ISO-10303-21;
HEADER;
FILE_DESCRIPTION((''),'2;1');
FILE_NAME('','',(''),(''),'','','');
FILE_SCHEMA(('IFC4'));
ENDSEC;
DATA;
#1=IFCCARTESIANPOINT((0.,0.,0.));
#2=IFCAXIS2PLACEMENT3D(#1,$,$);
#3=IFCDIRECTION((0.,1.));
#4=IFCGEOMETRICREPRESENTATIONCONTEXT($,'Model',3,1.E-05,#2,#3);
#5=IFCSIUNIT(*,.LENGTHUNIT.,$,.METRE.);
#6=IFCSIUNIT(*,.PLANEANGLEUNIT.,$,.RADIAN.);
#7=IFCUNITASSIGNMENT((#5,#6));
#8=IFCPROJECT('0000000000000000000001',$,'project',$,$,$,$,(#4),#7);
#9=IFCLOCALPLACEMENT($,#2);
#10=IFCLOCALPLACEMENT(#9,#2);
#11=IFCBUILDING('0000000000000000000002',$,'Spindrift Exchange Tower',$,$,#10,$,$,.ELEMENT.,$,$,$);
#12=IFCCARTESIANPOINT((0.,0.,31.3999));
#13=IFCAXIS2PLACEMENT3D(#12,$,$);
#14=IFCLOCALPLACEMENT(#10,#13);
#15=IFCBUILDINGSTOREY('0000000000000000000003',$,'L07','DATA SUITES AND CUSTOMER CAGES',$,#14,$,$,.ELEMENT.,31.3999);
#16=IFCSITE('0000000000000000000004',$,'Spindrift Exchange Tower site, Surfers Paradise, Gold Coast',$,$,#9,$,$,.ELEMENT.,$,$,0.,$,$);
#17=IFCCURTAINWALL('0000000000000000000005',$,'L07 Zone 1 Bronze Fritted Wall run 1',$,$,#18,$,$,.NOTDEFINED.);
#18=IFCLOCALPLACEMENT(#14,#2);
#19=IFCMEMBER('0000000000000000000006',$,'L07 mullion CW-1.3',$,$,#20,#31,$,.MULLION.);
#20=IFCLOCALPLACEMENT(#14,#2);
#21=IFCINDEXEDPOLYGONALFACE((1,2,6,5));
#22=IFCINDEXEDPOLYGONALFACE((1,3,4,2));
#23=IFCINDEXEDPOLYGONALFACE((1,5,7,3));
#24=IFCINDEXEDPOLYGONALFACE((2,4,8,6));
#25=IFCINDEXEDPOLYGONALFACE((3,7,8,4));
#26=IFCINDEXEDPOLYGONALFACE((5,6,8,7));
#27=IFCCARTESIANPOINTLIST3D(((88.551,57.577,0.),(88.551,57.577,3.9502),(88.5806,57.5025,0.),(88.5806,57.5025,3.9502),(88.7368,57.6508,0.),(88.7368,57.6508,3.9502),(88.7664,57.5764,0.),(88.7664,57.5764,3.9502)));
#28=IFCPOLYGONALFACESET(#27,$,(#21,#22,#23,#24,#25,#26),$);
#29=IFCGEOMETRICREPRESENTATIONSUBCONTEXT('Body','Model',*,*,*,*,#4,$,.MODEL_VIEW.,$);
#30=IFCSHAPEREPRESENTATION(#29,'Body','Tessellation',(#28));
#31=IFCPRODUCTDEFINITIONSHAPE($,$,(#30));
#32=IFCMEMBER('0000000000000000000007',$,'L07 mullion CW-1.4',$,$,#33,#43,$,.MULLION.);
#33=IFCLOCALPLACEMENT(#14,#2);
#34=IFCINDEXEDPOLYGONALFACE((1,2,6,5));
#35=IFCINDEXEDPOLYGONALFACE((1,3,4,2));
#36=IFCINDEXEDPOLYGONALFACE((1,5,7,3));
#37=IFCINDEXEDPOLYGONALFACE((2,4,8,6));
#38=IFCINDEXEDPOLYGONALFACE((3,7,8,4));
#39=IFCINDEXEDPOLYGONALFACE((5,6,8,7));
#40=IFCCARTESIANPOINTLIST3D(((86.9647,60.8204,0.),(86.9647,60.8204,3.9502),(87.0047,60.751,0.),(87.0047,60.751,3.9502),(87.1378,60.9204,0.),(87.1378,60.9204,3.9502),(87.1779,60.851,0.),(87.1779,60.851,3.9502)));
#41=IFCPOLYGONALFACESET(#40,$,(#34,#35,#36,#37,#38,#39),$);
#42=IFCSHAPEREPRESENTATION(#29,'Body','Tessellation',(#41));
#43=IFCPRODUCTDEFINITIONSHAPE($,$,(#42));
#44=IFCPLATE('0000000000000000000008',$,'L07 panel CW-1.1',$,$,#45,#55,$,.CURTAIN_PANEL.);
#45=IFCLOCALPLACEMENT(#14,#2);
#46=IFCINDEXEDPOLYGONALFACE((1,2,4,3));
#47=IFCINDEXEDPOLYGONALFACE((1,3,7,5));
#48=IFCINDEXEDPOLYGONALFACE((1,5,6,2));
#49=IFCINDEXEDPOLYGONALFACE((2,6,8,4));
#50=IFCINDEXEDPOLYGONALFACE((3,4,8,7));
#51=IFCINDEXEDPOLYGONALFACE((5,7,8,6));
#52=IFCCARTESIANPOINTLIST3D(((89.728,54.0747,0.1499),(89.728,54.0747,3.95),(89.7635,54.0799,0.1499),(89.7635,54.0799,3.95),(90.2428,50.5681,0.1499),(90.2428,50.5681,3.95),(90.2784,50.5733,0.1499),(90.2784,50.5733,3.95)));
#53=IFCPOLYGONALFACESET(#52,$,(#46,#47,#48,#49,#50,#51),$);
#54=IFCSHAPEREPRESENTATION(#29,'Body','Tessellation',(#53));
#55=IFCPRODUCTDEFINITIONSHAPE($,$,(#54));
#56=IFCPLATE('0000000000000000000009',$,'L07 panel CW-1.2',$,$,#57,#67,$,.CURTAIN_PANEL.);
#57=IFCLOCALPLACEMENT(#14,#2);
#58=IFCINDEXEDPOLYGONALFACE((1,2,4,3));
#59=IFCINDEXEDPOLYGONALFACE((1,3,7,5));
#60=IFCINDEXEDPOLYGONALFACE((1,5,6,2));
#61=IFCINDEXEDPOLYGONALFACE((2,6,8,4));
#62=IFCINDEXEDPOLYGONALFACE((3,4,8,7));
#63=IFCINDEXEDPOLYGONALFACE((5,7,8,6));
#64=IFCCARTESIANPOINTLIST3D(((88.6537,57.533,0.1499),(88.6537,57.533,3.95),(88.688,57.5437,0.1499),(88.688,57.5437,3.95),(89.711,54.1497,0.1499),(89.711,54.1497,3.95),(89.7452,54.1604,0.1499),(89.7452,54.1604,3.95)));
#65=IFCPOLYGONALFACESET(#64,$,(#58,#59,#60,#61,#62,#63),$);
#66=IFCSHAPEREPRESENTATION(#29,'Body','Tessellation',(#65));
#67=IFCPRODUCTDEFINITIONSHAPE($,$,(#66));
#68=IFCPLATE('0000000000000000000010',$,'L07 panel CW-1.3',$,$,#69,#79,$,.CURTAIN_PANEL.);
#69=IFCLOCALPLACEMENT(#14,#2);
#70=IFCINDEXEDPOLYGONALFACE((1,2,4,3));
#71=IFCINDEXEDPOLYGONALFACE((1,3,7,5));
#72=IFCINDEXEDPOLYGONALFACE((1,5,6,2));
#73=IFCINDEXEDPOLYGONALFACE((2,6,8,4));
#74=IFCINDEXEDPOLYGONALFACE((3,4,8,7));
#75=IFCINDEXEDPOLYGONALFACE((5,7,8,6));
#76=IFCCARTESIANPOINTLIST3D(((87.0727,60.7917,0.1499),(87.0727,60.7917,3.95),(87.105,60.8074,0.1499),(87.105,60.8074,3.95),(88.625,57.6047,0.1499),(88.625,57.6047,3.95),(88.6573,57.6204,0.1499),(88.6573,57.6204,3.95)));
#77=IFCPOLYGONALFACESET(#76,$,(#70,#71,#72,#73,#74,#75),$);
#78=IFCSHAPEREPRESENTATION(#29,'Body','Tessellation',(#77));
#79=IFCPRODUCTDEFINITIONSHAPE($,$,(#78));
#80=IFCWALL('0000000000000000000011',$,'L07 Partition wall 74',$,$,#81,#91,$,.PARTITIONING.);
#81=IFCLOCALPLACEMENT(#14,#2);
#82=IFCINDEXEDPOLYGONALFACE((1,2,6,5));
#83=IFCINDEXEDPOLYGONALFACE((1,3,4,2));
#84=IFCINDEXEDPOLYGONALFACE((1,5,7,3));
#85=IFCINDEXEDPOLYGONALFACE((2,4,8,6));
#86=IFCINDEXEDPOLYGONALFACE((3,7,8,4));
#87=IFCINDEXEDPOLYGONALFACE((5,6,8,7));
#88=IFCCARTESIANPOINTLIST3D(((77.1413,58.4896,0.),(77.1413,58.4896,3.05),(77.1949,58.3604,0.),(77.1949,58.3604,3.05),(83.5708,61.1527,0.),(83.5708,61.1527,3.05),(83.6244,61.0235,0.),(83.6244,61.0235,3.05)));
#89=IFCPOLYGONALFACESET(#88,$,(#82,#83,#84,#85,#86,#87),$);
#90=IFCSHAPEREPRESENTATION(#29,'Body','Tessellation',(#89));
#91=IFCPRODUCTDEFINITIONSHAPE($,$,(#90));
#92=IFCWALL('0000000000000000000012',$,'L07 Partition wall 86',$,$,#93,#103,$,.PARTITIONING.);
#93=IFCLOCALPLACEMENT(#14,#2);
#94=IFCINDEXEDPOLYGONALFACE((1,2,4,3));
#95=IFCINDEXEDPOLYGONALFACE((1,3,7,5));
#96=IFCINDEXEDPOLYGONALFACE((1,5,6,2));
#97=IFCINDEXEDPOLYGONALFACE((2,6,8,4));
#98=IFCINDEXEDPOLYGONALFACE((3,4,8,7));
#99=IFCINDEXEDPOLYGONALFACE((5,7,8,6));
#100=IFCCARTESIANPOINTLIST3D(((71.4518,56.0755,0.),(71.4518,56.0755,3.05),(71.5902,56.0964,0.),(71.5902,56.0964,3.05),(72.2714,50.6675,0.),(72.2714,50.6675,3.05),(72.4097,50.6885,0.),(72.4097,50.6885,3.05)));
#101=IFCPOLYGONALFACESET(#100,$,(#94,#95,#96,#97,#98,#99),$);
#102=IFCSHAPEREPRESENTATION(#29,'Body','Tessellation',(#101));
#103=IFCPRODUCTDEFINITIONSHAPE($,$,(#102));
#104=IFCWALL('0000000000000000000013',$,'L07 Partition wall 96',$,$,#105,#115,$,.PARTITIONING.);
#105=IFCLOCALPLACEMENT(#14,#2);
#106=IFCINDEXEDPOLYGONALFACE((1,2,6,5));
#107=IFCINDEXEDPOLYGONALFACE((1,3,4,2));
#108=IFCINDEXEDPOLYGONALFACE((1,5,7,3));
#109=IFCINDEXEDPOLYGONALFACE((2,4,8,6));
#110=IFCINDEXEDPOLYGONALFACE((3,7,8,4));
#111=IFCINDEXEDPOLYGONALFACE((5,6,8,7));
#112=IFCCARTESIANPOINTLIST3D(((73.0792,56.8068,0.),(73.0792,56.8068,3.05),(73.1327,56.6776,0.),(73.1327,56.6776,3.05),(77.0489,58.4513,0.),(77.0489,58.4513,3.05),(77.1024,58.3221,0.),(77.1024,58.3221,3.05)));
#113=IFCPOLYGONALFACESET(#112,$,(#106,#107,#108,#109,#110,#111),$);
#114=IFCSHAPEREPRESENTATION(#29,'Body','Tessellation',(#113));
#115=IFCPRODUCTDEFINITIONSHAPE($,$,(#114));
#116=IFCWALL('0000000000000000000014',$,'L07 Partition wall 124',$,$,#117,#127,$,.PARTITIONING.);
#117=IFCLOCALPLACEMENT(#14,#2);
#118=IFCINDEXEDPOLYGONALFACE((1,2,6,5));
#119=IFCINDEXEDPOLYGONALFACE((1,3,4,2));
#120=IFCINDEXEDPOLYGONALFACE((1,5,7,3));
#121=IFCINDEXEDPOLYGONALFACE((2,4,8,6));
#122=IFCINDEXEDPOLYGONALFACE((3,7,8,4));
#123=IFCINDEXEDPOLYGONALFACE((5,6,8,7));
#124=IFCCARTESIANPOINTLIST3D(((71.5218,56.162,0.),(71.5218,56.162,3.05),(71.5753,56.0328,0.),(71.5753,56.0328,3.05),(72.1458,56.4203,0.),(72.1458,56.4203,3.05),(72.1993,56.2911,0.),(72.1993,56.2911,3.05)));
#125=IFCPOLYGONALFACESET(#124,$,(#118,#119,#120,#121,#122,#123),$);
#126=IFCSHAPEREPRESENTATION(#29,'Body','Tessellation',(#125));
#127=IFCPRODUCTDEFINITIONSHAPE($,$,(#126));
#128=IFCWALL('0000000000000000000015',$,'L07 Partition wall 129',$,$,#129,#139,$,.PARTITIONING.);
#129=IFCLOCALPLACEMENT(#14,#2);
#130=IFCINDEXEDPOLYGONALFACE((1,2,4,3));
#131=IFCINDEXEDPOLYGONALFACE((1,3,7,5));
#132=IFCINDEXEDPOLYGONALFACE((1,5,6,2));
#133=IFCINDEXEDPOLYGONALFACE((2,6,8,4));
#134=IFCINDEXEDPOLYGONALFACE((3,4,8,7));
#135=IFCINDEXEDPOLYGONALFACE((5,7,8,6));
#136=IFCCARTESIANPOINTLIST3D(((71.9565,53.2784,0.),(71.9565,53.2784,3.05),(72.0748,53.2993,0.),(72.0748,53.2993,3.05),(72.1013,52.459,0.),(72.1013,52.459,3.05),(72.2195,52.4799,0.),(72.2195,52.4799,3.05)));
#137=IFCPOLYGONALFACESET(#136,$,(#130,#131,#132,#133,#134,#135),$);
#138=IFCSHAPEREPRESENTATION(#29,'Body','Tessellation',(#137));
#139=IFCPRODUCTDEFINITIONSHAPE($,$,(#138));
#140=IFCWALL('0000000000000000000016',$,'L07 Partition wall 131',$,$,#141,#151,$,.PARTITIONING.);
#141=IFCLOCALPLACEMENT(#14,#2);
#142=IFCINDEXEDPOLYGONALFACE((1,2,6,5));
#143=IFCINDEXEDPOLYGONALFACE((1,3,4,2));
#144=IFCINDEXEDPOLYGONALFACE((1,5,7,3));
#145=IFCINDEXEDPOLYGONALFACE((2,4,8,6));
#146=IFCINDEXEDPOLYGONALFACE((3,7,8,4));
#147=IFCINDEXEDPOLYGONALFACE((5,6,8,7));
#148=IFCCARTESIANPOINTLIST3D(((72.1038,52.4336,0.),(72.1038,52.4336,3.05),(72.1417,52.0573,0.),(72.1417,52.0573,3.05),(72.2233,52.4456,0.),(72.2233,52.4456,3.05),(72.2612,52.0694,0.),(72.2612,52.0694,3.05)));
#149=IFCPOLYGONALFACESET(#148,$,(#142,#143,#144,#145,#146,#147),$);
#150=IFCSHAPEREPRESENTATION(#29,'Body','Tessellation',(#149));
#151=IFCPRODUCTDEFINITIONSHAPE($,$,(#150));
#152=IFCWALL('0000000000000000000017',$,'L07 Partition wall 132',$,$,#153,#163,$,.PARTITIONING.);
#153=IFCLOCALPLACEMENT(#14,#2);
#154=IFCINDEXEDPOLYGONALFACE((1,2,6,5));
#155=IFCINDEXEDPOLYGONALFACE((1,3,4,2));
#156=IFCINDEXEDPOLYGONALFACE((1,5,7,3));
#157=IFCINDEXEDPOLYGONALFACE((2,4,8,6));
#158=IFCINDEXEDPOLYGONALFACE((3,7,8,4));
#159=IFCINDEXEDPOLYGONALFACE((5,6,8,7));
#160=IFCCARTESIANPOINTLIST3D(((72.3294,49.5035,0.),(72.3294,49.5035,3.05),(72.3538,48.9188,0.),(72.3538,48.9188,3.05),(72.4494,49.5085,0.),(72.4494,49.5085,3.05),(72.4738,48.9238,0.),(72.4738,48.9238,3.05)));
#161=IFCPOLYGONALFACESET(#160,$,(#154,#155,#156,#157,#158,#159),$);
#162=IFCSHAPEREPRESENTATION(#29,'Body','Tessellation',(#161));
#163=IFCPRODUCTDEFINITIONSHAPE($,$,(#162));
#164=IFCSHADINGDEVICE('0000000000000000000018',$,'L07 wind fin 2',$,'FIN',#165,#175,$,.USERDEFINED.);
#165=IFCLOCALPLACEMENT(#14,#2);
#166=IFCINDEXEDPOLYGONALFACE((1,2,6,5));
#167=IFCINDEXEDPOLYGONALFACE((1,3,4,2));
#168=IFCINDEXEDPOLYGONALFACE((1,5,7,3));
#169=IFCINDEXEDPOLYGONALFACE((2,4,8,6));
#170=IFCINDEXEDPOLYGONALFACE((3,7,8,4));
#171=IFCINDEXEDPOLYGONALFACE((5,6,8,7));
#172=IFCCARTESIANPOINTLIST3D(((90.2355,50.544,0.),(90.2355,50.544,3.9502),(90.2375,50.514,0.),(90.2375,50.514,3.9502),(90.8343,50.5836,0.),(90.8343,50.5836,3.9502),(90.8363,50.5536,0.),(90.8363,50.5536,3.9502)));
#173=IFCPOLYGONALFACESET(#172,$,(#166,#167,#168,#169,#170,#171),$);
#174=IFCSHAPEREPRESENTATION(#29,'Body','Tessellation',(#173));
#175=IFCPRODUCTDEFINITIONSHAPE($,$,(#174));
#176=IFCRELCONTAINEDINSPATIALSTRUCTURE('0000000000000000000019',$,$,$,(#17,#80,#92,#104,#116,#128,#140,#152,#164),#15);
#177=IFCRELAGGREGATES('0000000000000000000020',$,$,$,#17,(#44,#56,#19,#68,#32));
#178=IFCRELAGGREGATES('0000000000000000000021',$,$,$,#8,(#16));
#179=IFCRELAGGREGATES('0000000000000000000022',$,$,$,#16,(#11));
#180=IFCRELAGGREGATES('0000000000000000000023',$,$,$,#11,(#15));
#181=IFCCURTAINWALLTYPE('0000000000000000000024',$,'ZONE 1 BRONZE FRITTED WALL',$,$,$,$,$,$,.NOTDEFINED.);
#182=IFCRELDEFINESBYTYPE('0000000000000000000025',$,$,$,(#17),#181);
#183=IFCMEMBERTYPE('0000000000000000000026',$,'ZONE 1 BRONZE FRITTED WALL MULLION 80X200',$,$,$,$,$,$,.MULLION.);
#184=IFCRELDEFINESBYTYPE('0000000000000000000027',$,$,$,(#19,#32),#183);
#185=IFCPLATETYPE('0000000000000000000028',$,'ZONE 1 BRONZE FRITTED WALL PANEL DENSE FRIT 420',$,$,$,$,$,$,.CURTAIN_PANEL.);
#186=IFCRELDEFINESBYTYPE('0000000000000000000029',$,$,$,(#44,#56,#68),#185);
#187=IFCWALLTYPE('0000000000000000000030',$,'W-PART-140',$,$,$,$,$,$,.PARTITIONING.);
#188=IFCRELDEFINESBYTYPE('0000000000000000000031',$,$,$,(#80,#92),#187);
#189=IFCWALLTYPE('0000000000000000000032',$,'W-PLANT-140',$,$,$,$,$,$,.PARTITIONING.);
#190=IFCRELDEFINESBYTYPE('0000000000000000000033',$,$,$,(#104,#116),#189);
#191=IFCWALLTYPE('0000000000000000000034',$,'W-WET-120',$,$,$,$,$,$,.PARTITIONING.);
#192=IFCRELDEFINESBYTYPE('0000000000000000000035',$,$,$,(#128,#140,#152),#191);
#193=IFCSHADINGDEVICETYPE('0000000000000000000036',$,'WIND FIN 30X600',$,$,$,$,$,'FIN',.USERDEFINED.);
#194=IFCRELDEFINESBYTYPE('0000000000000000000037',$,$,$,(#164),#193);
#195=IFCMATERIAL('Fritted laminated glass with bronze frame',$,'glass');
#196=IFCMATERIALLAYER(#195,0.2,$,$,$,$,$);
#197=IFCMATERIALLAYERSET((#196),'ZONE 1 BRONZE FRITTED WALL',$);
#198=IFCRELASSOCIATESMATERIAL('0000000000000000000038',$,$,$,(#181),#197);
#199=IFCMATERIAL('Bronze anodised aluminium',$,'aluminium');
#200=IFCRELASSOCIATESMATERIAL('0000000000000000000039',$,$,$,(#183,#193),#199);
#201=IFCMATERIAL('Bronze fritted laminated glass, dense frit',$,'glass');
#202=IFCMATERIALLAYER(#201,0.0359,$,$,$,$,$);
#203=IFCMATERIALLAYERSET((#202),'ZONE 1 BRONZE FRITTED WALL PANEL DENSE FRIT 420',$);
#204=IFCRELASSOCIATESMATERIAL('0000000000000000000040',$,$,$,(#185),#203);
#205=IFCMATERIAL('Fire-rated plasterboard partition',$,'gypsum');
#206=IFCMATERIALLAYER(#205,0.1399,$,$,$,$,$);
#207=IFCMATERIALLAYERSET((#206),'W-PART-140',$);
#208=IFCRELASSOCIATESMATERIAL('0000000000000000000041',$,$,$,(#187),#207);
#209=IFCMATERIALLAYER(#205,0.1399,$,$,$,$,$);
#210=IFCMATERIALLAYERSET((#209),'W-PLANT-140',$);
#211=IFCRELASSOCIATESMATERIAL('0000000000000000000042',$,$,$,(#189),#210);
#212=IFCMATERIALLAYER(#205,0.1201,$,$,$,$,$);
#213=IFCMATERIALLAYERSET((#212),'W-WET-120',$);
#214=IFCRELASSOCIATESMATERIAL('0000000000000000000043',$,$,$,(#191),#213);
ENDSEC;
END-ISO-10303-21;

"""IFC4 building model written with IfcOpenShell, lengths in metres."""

from ifc_helpers import new_model, si_unit, direction, frame, frame_2d, origin, origin_2d, place, context, subcontext, project, spatial, rectangle, extrude, source, transform, mapped, material, layer, layer_set, material_profile, profile_set, type_object, element, aggregate, save


model = new_model("IFC4")

# Units and contexts
model_context = context("Model", 3, precision=1e-05, world=origin(), true_north=direction((0.0, 1.0)))
body_context = subcontext(model_context, "Body", "Model", "MODEL_VIEW")
ifc_project = project(units=[si_unit("LENGTHUNIT", "METRE"), si_unit("PLANEANGLEUNIT", "RADIAN")], contexts=[model_context])

# Site, building, storey
site_placement = place(None, origin())
site = spatial("IfcSite", under=ifc_project, at=site_placement, Name="Spindrift Exchange Tower site, Surfers Paradise, Gold Coast", CompositionType="ELEMENT", RefElevation=0.0)
building_placement = place(site_placement, origin())
building = spatial("IfcBuilding", under=site, at=building_placement, Name="Spindrift Exchange Tower", CompositionType="ELEMENT")
storey_placement = place(building_placement, frame((0.0, 0.0, 31.3999)))
storey = spatial("IfcBuildingStorey", under=building, at=storey_placement, Name="L07", Description="DATA SUITES AND CUSTOMER CAGES", CompositionType="ELEMENT", Elevation=31.3999)

# Curtain wall, members, plates
ifc_material_1 = material(Name="Fritted laminated glass with bronze frame", Category="glass")
ifc_layer_1 = layer(ifc_material_1, 0.2)
ifc_layer_set_1 = layer_set([ifc_layer_1], Name="ZONE 1 BRONZE FRITTED WALL")
curtain_wall_type = type_object("IfcCurtainWallType", Name="ZONE 1 BRONZE FRITTED WALL", PredefinedType="NOTDEFINED", material=ifc_layer_set_1)
curtain_wall_placement = place(storey_placement, origin())
curtain_wall = element("IfcCurtainWall", 1, at=curtain_wall_placement, inside=storey, type_object=curtain_wall_type, Name="L07 Zone 1 Bronze Fritted Wall run 1", PredefinedType="NOTDEFINED")
ifc_material_2 = material(Name="Bronze anodised aluminium", Category="aluminium")
ifc_material_profile_1 = material_profile(ifc_material_2, rectangle(XDim=0.0801, YDim=0.2, at=origin_2d()), Name="ZONE 1 BRONZE FRITTED WALL MULLION 80X200")
ifc_profile_set_1 = profile_set([ifc_material_profile_1], Name="Bronze anodised aluminium")
member_type_1 = type_object("IfcMemberType", Name="ZONE 1 BRONZE FRITTED WALL MULLION 80X200", PredefinedType="MULLION", material=ifc_profile_set_1)
shared_shape_1 = source(origin(), body_context, "Body", "SweptSolid", [
    extrude(rectangle(XDim=0.0801, YDim=0.2, at=origin_2d()), origin(), (0.0, 0.0, 1.0), 3.9502),
])
member_1_placement = place(storey_placement, frame((88.6587, 57.5767, 0.0), z_axis=(0.0, 0.0, 1.0), x_axis=(-0.369127, 0.929379, 0.0)))
member_1 = element("IfcMember", 2, at=member_1_placement, type_object=member_type_1, Name="L07 mullion CW-1.3", PredefinedType="MULLION", context=body_context, shape_type="MappedRepresentation", body=[
    mapped(shared_shape_1, transform((0.0, 0.0, 0.0), scale=1.0)),
])
member_2_placement = place(storey_placement, frame((87.0713, 60.8357, 0.0), z_axis=(0.0, 0.0, 1.0), x_axis=(-0.500117, 0.865958, 0.0)))
member_2 = element("IfcMember", 3, at=member_2_placement, type_object=member_type_1, Name="L07 mullion CW-1.4", PredefinedType="MULLION", context=body_context, shape_type="MappedRepresentation", body=[
    mapped(shared_shape_1, transform((0.0, 0.0, 0.0), scale=1.0)),
])
ifc_material_3 = material(Name="Bronze fritted laminated glass, dense frit", Category="glass")
ifc_layer_2 = layer(ifc_material_3, 0.0359)
ifc_layer_set_2 = layer_set([ifc_layer_2], Name="ZONE 1 BRONZE FRITTED WALL PANEL DENSE FRIT 420")
plate_type = type_object("IfcPlateType", Name="ZONE 1 BRONZE FRITTED WALL PANEL DENSE FRIT 420", PredefinedType="CURTAIN_PANEL", material=ifc_layer_set_2)
shared_shape_2 = source(origin(), body_context, "Body", "SweptSolid", [
    extrude(rectangle(XDim=3.5442, YDim=0.0359, at=origin_2d()), origin(), (0.0, 0.0, 1.0), 3.8),
])
plate_1_placement = place(storey_placement, frame((90.0032, 52.324, 0.1499), z_axis=(0.0, 0.0, 1.0), x_axis=(-0.145268, 0.989392, 0.0)))
plate_1 = element("IfcPlate", 4, at=plate_1_placement, type_object=plate_type, Name="L07 panel CW-1.1", PredefinedType="CURTAIN_PANEL", context=body_context, shape_type="MappedRepresentation", body=[
    mapped(shared_shape_2, transform((0.0, 0.0, 0.0), scale=1.0)),
])
shared_shape_3 = source(origin(), body_context, "Body", "SweptSolid", [
    extrude(rectangle(XDim=3.5447, YDim=0.0359, at=origin_2d()), origin(), (0.0, 0.0, 1.0), 3.8),
])
plate_2_placement = place(storey_placement, frame((89.1995, 55.8467, 0.1499), z_axis=(0.0, 0.0, 1.0), x_axis=(-0.298268, 0.954482, 0.0)))
plate_2 = element("IfcPlate", 5, at=plate_2_placement, type_object=plate_type, Name="L07 panel CW-1.2", PredefinedType="CURTAIN_PANEL", context=body_context, shape_type="MappedRepresentation", body=[
    mapped(shared_shape_3, transform((0.0, 0.0, 0.0), scale=1.0)),
])
shared_shape_4 = source(origin(), body_context, "Body", "SweptSolid", [
    extrude(rectangle(XDim=3.5449, YDim=0.0359, at=origin_2d()), origin(), (0.0, 0.0, 1.0), 3.8),
])
plate_3_placement = place(storey_placement, frame((87.865, 59.2061, 0.1499), z_axis=(0.0, 0.0, 1.0), x_axis=(-0.437899, 0.899024, 0.0)))
plate_3 = element("IfcPlate", 6, at=plate_3_placement, type_object=plate_type, Name="L07 panel CW-1.3", PredefinedType="CURTAIN_PANEL", context=body_context, shape_type="MappedRepresentation", body=[
    mapped(shared_shape_4, transform((0.0, 0.0, 0.0), scale=1.0)),
])
aggregate(curtain_wall, [plate_1, plate_2, member_1, plate_3, member_2])

# Walls
ifc_material_4 = material(Name="Fire-rated plasterboard partition", Category="gypsum")
ifc_layer_3 = layer(ifc_material_4, 0.1399)
ifc_layer_set_3 = layer_set([ifc_layer_3], Name="W-PART-140")
wall_type_1 = type_object("IfcWallType", Name="W-PART-140", PredefinedType="PARTITIONING", material=ifc_layer_set_3)
wall_1_placement = place(storey_placement, frame((77.1682, 58.425, 0.0), z_axis=(0.0, 0.0, 1.0), x_axis=(0.923883, 0.382674, 0.0)))
element("IfcWall", 7, at=wall_1_placement, inside=storey, type_object=wall_type_1, Name="L07 Partition wall 74", PredefinedType="PARTITIONING", context=body_context, shape_type="SweptSolid", body=[
    extrude(rectangle(XDim=6.9592, YDim=0.1399, at=frame_2d((3.4795, 0.0))), origin(), (0.0, 0.0, 1.0), 3.05),
])
wall_2_placement = place(storey_placement, frame((72.3406, 50.678, 0.0), z_axis=(0.0, 0.0, 1.0), x_axis=(-0.14984, 0.98871, 0.0)))
element("IfcWall", 8, at=wall_2_placement, inside=storey, type_object=wall_type_1, Name="L07 Partition wall 86", PredefinedType="PARTITIONING", context=body_context, shape_type="SweptSolid", body=[
    extrude(rectangle(XDim=5.4697, YDim=0.1399, at=frame_2d((2.7349, 0.0))), origin(), (0.0, 0.0, 1.0), 3.05),
])
ifc_layer_4 = layer(ifc_material_4, 0.1399)
ifc_layer_set_4 = layer_set([ifc_layer_4], Name="W-PLANT-140")
wall_type_2 = type_object("IfcWallType", Name="W-PLANT-140", PredefinedType="PARTITIONING", material=ifc_layer_set_4)
wall_3_placement = place(storey_placement, frame((73.106, 56.7422, 0.0), z_axis=(0.0, 0.0, 1.0), x_axis=(0.923862, 0.382726, 0.0)))
element("IfcWall", 9, at=wall_3_placement, inside=storey, type_object=wall_type_2, Name="L07 Partition wall 96", PredefinedType="PARTITIONING", context=body_context, shape_type="SweptSolid", body=[
    extrude(rectangle(XDim=4.2969, YDim=0.1399, at=frame_2d((2.1484, 0.0))), origin(), (0.0, 0.0, 1.0), 3.05),
])
wall_4_placement = place(storey_placement, frame((71.5486, 56.0974, 0.0), z_axis=(0.0, 0.0, 1.0), x_axis=(0.923973, 0.382458, 0.0)))
element("IfcWall", 10, at=wall_4_placement, inside=storey, type_object=wall_type_2, Name="L07 Partition wall 124", PredefinedType="PARTITIONING", context=body_context, shape_type="SweptSolid", body=[
    extrude(rectangle(XDim=0.6753, YDim=0.1399, at=frame_2d((0.3376, 0.0))), origin(), (0.0, 0.0, 1.0), 3.05),
])
ifc_layer_5 = layer(ifc_material_4, 0.1201)
ifc_layer_set_5 = layer_set([ifc_layer_5], Name="W-WET-120")
wall_type_3 = type_object("IfcWallType", Name="W-WET-120", PredefinedType="PARTITIONING", material=ifc_layer_set_5)
wall_5_placement = place(storey_placement, frame((72.1604, 52.4695, 0.0), z_axis=(0.0, 0.0, 1.0), x_axis=(-0.174003, 0.984745, 0.0)))
element("IfcWall", 11, at=wall_5_placement, inside=storey, type_object=wall_type_3, Name="L07 Partition wall 129", PredefinedType="PARTITIONING", context=body_context, shape_type="SweptSolid", body=[
    extrude(rectangle(XDim=0.832, YDim=0.1201, at=frame_2d((0.416, 0.0))), origin(), (0.0, 0.0, 1.0), 3.05),
])
wall_6_placement = place(storey_placement, frame((72.2014, 52.0635, 0.0), z_axis=(0.0, 0.0, 1.0), x_axis=(-0.100079, 0.994979, 0.0)))
element("IfcWall", 12, at=wall_6_placement, inside=storey, type_object=wall_type_3, Name="L07 Partition wall 131", PredefinedType="PARTITIONING", context=body_context, shape_type="SweptSolid", body=[
    extrude(rectangle(XDim=0.3782, YDim=0.1201, at=frame_2d((0.189, 0.0))), origin(), (0.0, 0.0, 1.0), 3.05),
])
wall_7_placement = place(storey_placement, frame((72.4138, 48.9214, 0.0), z_axis=(0.0, 0.0, 1.0), x_axis=(-0.041717, 0.999129, 0.0)))
element("IfcWall", 13, at=wall_7_placement, inside=storey, type_object=wall_type_3, Name="L07 Partition wall 132", PredefinedType="PARTITIONING", context=body_context, shape_type="SweptSolid", body=[
    extrude(rectangle(XDim=0.5852, YDim=0.1201, at=frame_2d((0.2925, 0.0))), origin(), (0.0, 0.0, 1.0), 3.05),
])

# Shading device
ifc_material_profile_2 = material_profile(ifc_material_2, rectangle(XDim=0.03, YDim=0.6001, at=origin_2d()), Name="WIND FIN 30X600")
ifc_profile_set_2 = profile_set([ifc_material_profile_2], Name="Bronze anodised aluminium")
shading_device_type = type_object("IfcShadingDeviceType", Name="WIND FIN 30X600", ElementType="FIN", PredefinedType="USERDEFINED", material=ifc_profile_set_2)
shared_shape_5 = source(origin(), body_context, "Body", "SweptSolid", [
    extrude(rectangle(XDim=0.03, YDim=0.6001, at=origin_2d()), origin(), (0.0, 0.0, 1.0), 3.9502),
])
for number, where, z_axis, x_axis, name in (
    (14, (90.5359, 50.5488, 0.0), (0.0, 0.0, 1.0), (-0.066, 0.99782, 0.0), "L07 wind fin 2"),
):
    element("IfcShadingDevice", number, at=place(storey_placement, frame(where, z_axis=z_axis, x_axis=x_axis)), inside=storey, type_object=shading_device_type, Name=name, ObjectType="FIN", PredefinedType="USERDEFINED", context=body_context, shape_type="MappedRepresentation", body=[
        mapped(shared_shape_5, transform((0.0, 0.0, 0.0), scale=1.0)),
    ])

save(model, "model.ifc")
